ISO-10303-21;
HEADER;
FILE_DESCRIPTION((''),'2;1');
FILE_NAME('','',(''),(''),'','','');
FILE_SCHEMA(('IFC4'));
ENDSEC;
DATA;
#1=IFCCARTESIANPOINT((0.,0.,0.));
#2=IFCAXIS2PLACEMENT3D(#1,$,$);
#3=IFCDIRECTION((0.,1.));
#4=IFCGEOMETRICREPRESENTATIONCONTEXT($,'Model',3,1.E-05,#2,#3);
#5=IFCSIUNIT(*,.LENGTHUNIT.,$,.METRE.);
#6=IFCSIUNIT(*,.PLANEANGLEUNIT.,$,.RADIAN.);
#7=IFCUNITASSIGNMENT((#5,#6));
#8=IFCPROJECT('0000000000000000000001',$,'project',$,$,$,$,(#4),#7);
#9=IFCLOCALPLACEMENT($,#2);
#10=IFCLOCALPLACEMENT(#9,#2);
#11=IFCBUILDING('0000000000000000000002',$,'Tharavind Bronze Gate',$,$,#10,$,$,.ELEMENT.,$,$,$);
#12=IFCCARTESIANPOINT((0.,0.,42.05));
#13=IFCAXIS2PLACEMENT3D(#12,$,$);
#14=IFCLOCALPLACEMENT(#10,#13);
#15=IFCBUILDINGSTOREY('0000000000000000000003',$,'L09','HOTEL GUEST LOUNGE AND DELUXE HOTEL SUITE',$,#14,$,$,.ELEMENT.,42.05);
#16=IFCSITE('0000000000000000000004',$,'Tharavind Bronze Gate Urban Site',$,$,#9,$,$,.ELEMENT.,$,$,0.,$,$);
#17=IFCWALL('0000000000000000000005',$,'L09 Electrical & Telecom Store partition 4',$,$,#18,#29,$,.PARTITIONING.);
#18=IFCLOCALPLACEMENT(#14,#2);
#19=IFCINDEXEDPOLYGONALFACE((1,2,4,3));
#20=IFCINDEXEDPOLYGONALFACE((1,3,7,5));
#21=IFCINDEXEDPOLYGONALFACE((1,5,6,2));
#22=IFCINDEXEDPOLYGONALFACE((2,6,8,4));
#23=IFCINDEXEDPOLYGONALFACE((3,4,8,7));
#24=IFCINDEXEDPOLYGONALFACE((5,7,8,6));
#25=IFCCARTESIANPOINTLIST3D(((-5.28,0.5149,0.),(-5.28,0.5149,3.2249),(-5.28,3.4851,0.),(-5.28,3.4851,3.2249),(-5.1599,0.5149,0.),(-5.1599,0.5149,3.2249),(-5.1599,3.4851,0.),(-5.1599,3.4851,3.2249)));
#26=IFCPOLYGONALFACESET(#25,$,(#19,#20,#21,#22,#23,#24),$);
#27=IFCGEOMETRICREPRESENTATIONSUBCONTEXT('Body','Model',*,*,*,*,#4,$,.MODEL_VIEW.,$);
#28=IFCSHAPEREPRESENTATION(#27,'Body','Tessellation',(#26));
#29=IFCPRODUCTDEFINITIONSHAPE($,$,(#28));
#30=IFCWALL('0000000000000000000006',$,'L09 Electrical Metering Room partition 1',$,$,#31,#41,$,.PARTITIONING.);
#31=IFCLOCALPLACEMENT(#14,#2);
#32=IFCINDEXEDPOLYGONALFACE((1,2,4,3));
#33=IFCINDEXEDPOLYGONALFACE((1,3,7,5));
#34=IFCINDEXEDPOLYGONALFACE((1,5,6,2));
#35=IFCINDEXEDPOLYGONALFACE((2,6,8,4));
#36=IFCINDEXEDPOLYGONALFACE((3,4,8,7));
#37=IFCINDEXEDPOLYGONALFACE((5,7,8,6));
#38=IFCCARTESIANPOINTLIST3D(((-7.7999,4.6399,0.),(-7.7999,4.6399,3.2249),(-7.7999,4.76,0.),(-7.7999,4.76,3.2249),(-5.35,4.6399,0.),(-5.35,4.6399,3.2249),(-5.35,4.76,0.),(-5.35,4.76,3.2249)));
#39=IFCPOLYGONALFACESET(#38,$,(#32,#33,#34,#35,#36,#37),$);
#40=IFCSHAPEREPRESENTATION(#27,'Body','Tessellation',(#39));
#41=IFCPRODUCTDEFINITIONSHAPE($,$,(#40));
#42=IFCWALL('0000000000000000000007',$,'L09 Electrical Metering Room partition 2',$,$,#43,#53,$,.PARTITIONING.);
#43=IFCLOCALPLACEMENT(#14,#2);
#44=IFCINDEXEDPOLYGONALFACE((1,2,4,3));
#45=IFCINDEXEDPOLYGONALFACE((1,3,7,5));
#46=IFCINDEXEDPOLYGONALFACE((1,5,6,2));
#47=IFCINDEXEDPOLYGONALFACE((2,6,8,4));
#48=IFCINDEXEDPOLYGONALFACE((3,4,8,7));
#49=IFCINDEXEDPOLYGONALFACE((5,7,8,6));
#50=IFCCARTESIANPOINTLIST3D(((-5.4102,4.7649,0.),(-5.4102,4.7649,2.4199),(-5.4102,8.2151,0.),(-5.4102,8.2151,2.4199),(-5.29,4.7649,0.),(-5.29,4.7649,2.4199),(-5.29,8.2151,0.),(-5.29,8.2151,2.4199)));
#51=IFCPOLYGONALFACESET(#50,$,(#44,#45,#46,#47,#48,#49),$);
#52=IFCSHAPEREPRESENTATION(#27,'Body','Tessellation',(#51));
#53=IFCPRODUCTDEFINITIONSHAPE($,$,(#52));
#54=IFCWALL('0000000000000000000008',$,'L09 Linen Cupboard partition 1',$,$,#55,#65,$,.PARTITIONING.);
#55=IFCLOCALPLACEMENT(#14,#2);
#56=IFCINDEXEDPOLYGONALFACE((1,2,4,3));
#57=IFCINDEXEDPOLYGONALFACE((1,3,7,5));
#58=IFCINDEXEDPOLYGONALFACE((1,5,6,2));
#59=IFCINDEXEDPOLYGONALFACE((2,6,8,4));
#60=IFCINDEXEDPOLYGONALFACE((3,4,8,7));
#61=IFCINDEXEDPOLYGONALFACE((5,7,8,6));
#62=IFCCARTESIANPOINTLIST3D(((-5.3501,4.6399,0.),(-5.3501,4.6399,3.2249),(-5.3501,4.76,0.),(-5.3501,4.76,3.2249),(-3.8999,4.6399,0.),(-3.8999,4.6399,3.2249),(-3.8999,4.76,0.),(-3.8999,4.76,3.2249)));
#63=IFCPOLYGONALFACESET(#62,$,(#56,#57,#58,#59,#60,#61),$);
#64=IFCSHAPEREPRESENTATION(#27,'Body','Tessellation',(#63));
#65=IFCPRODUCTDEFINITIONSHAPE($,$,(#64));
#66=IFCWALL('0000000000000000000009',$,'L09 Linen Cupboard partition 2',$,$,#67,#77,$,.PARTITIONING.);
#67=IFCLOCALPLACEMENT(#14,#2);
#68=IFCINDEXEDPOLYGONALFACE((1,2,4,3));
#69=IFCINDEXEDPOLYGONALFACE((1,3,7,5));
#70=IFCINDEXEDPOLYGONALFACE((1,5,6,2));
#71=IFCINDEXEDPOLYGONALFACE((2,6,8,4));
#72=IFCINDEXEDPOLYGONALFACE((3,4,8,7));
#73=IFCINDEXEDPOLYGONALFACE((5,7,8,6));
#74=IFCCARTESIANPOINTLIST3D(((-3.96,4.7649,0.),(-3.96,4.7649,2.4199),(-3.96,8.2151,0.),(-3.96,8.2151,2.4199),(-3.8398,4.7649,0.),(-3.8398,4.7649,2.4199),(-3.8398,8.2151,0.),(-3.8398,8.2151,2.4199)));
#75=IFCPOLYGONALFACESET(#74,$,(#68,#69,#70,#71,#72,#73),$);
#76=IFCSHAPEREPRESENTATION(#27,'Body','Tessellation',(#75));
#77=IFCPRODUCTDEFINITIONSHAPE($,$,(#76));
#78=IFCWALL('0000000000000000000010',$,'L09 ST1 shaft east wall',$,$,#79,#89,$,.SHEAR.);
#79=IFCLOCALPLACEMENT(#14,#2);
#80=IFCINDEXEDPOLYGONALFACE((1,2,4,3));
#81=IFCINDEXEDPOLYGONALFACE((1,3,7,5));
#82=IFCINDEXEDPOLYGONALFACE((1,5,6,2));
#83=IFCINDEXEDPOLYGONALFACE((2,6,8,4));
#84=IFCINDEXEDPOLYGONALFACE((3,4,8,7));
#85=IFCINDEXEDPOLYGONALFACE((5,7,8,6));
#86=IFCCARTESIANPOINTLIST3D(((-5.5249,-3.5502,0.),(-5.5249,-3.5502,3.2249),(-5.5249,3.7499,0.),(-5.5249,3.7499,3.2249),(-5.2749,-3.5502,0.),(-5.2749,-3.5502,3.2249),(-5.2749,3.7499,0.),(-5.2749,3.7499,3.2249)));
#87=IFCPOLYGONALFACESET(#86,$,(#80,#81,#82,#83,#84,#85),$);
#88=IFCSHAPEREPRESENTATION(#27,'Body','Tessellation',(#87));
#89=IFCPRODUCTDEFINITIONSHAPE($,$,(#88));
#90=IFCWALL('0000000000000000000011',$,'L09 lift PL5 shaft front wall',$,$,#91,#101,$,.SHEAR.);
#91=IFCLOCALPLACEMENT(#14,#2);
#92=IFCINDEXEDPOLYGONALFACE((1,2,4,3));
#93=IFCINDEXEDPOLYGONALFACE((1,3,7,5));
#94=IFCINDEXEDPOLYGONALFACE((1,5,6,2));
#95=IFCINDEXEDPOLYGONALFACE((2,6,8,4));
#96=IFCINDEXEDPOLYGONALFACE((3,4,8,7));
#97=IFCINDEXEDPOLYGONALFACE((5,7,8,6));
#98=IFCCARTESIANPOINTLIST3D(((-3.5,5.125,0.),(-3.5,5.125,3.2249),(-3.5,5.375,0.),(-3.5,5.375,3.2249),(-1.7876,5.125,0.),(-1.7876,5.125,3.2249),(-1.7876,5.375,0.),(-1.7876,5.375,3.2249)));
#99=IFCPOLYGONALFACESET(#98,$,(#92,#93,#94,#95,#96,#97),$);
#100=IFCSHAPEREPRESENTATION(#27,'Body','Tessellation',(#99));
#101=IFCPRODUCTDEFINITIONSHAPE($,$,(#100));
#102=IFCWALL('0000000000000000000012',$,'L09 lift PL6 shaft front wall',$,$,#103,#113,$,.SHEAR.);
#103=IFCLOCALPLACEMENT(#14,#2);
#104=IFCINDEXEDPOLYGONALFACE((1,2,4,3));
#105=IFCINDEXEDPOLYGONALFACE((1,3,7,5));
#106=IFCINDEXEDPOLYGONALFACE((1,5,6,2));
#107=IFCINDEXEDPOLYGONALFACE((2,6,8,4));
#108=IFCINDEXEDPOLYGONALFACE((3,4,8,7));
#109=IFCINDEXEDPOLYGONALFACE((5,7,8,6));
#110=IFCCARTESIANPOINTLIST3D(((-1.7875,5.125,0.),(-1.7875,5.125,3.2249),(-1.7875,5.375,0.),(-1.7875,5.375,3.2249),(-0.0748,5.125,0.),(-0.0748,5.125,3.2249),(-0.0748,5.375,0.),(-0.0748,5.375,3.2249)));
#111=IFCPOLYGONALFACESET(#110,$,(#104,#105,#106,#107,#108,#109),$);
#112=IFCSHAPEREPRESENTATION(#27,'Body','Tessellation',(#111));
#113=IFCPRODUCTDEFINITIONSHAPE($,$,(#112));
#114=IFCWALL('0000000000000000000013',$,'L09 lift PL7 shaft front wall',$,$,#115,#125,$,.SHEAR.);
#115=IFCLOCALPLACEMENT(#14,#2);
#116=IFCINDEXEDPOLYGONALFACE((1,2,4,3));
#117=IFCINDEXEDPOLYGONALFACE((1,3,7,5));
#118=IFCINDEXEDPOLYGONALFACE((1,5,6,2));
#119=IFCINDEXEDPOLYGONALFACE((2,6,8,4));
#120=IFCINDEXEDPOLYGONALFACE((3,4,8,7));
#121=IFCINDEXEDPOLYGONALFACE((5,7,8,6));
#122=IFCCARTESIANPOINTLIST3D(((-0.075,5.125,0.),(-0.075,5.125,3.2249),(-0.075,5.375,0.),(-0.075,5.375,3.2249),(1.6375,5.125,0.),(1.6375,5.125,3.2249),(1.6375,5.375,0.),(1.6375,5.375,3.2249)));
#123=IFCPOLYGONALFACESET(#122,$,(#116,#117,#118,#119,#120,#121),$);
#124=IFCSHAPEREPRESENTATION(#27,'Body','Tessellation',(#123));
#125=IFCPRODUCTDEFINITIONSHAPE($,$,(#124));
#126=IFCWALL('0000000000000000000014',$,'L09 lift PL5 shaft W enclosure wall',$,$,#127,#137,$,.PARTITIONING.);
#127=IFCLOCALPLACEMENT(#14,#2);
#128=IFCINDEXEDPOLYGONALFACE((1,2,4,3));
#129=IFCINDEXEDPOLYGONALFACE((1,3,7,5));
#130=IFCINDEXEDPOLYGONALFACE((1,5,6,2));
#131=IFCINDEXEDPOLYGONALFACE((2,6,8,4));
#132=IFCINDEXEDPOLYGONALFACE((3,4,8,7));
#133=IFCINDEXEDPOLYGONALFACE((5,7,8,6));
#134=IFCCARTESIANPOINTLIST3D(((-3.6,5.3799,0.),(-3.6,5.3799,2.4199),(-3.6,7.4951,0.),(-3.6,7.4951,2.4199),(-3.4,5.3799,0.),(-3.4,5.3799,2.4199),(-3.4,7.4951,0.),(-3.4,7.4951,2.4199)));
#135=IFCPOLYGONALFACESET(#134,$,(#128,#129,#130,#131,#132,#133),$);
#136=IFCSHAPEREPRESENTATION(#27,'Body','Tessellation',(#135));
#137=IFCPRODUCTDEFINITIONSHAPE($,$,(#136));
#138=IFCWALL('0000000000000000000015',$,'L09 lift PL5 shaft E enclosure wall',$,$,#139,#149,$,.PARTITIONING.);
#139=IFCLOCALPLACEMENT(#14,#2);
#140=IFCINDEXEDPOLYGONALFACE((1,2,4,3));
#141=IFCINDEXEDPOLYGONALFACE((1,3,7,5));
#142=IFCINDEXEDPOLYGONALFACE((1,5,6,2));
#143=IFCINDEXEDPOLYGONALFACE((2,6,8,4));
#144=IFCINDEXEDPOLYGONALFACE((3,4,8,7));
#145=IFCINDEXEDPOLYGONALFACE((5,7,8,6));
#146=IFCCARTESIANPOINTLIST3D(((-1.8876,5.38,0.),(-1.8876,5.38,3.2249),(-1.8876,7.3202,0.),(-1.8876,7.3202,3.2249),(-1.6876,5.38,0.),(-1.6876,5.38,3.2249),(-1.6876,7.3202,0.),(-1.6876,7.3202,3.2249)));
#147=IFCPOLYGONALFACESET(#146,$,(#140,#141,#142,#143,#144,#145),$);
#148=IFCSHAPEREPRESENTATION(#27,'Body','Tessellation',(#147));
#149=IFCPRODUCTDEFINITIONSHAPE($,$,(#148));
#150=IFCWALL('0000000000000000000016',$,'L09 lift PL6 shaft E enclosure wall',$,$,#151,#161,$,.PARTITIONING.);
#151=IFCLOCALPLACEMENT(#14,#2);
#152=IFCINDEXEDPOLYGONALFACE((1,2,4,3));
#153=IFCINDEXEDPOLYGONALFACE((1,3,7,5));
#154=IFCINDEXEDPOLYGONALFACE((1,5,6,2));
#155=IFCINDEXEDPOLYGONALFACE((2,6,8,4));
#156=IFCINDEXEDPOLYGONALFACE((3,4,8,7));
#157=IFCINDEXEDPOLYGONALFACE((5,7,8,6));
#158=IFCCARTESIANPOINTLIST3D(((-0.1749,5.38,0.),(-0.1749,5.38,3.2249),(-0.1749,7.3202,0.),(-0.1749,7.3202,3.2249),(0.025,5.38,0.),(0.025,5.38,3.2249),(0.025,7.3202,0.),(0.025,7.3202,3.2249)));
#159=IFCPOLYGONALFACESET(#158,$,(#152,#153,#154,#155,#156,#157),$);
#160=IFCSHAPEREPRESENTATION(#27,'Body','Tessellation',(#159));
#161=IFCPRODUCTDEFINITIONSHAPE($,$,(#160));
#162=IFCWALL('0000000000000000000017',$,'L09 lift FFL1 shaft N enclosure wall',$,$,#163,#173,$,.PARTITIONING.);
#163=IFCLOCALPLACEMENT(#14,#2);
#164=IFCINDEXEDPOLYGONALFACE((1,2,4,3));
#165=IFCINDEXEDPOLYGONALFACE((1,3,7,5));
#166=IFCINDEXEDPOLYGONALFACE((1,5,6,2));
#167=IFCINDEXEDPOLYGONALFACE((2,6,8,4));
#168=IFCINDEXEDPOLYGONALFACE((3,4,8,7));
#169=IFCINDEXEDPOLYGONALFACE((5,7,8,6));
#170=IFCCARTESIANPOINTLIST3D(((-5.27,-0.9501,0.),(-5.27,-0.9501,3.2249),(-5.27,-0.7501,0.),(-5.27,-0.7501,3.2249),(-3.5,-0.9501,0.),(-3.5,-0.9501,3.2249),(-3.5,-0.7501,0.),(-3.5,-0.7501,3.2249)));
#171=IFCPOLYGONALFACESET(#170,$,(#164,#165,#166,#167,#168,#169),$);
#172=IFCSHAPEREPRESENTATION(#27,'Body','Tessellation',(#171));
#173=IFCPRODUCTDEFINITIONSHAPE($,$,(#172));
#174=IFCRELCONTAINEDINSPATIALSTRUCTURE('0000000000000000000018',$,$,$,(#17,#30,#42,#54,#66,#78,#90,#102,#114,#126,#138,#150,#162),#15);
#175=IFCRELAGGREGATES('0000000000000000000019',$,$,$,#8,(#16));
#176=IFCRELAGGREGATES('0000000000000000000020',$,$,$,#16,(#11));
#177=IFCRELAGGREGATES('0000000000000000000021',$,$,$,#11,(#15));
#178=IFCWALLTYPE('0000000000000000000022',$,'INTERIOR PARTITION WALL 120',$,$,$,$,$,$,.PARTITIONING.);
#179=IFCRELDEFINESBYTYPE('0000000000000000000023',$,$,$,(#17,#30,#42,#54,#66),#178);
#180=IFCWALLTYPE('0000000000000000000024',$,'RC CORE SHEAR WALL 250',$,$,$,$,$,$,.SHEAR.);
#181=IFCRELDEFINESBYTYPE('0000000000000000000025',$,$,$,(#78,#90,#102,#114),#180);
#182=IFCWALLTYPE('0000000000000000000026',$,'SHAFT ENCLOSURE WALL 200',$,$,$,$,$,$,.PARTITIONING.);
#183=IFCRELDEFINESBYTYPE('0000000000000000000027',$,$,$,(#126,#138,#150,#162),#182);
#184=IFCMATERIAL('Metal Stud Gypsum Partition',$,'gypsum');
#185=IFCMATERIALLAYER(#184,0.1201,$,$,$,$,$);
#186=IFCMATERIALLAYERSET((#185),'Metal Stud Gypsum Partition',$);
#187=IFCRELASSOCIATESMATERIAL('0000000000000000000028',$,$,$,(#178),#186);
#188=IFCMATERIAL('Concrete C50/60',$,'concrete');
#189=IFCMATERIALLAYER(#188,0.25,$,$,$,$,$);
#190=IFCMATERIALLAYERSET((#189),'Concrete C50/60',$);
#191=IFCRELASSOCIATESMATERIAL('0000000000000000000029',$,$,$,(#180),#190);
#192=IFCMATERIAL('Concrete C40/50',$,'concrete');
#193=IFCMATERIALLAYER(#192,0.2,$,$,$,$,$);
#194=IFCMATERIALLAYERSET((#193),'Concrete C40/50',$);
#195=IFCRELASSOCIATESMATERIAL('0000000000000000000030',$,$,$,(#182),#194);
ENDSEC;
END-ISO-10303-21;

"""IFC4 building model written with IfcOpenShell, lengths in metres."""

from ifc_helpers import new_model, si_unit, direction, frame, frame_2d, origin, place, context, subcontext, project, spatial, rectangle, extrude, material, layer, layer_set, type_object, element, save


model = new_model("IFC4")

# Units and contexts
model_context = context("Model", 3, precision=1e-05, world=origin(), true_north=direction((0.0, 1.0)))
body_context = subcontext(model_context, "Body", "Model", "MODEL_VIEW")
ifc_project = project(units=[si_unit("LENGTHUNIT", "METRE"), si_unit("PLANEANGLEUNIT", "RADIAN")], contexts=[model_context])

# Site, building, storey
site_placement = place(None, origin())
site = spatial("IfcSite", under=ifc_project, at=site_placement, Name="Tharavind Bronze Gate Urban Site", CompositionType="ELEMENT", RefElevation=0.0)
building_placement = place(site_placement, origin())
building = spatial("IfcBuilding", under=site, at=building_placement, Name="Tharavind Bronze Gate", CompositionType="ELEMENT")
storey_placement = place(building_placement, frame((0.0, 0.0, 42.05)))
storey = spatial("IfcBuildingStorey", under=building, at=storey_placement, Name="L09", Description="HOTEL GUEST LOUNGE AND DELUXE HOTEL SUITE", CompositionType="ELEMENT", Elevation=42.05)

# Shared definitions
ifc_material_1 = material(Name="Concrete C40/50", Category="concrete")

# Shared definitions
ifc_material_2 = material(Name="Metal Stud Gypsum Partition", Category="gypsum")
ifc_layer_1 = layer(ifc_material_2, 0.1201)
ifc_layer_set_1 = layer_set([ifc_layer_1], Name="Metal Stud Gypsum Partition")
wall_type_1 = type_object("IfcWallType", Name="INTERIOR PARTITION WALL 120", PredefinedType="PARTITIONING", material=ifc_layer_set_1)

# Walls
wall_1_placement = place(storey_placement, frame((-5.22, 3.4851, 0.0), z_axis=(0.0, 0.0, 1.0), x_axis=(0.0, -1.0, 0.0)))
element("IfcWall", 1, at=wall_1_placement, inside=storey, type_object=wall_type_1, Name="L09 Electrical & Telecom Store partition 4", PredefinedType="PARTITIONING", context=body_context, shape_type="SweptSolid", body=[
    extrude(rectangle(XDim=2.9702, YDim=0.1201, at=frame_2d((1.4851, 0.0))), origin(), (0.0, 0.0, 1.0), 3.2249),
])
wall_2_placement = place(storey_placement, frame((-7.8, 4.7, 0.0), z_axis=(0.0, 0.0, 1.0), x_axis=(1.0, 0.0, 0.0)))
element("IfcWall", 2, at=wall_2_placement, inside=storey, type_object=wall_type_1, Name="L09 Electrical Metering Room partition 1", PredefinedType="PARTITIONING", context=body_context, shape_type="SweptSolid", body=[
    extrude(rectangle(XDim=2.45, YDim=0.1201, at=frame_2d((1.2251, 0.0))), origin(), (0.0, 0.0, 1.0), 3.2249),
])
wall_3_placement = place(storey_placement, frame((-5.3501, 4.7649, 0.0), z_axis=(0.0, 0.0, 1.0), x_axis=(0.0, 1.0, 0.0)))
element("IfcWall", 3, at=wall_3_placement, inside=storey, type_object=wall_type_1, Name="L09 Electrical Metering Room partition 2", PredefinedType="PARTITIONING", context=body_context, shape_type="SweptSolid", body=[
    extrude(rectangle(XDim=3.4502, YDim=0.1201, at=frame_2d((1.7251, 0.0))), origin(), (0.0, 0.0, 1.0), 2.4199),
])
wall_4_placement = place(storey_placement, frame((-5.3501, 4.7, 0.0), z_axis=(0.0, 0.0, 1.0), x_axis=(1.0, 0.0, 0.0)))
element("IfcWall", 4, at=wall_4_placement, inside=storey, type_object=wall_type_1, Name="L09 Linen Cupboard partition 1", PredefinedType="PARTITIONING", context=body_context, shape_type="SweptSolid", body=[
    extrude(rectangle(XDim=1.4502, YDim=0.1201, at=frame_2d((0.7251, 0.0))), origin(), (0.0, 0.0, 1.0), 3.2249),
])
wall_5_placement = place(storey_placement, frame((-3.8999, 4.7649, 0.0), z_axis=(0.0, 0.0, 1.0), x_axis=(0.0, 1.0, 0.0)))
element("IfcWall", 5, at=wall_5_placement, inside=storey, type_object=wall_type_1, Name="L09 Linen Cupboard partition 2", PredefinedType="PARTITIONING", context=body_context, shape_type="SweptSolid", body=[
    extrude(rectangle(XDim=3.4502, YDim=0.1201, at=frame_2d((1.7251, 0.0))), origin(), (0.0, 0.0, 1.0), 2.4199),
])
ifc_material_3 = material(Name="Concrete C50/60", Category="concrete")
ifc_layer_2 = layer(ifc_material_3, 0.25)
ifc_layer_set_2 = layer_set([ifc_layer_2], Name="Concrete C50/60")
wall_type_2 = type_object("IfcWallType", Name="RC CORE SHEAR WALL 250", PredefinedType="SHEAR", material=ifc_layer_set_2)
wall_6_placement = place(storey_placement, frame((-5.3999, -3.55, 0.0), z_axis=(0.0, 0.0, 1.0), x_axis=(0.0, 1.0, 0.0)))
element("IfcWall", 6, at=wall_6_placement, inside=storey, type_object=wall_type_2, Name="L09 ST1 shaft east wall", PredefinedType="SHEAR", context=body_context, shape_type="SweptSolid", body=[
    extrude(rectangle(XDim=7.3, YDim=0.25, at=frame_2d((3.6499, 0.0))), origin(), (0.0, 0.0, 1.0), 3.2249),
])
wall_7_placement = place(storey_placement, frame((-3.5, 5.25, 0.0), z_axis=(0.0, 0.0, 1.0), x_axis=(1.0, 0.0, 0.0)))
element("IfcWall", 7, at=wall_7_placement, inside=storey, type_object=wall_type_2, Name="L09 lift PL5 shaft front wall", PredefinedType="SHEAR", context=body_context, shape_type="SweptSolid", body=[
    extrude(rectangle(XDim=1.7124, YDim=0.25, at=frame_2d((0.8562, 0.0))), origin(), (0.0, 0.0, 1.0), 3.2249),
])
wall_8_placement = place(storey_placement, frame((-1.7876, 5.25, 0.0), z_axis=(0.0, 0.0, 1.0), x_axis=(1.0, 0.0, 0.0)))
element("IfcWall", 8, at=wall_8_placement, inside=storey, type_object=wall_type_2, Name="L09 lift PL6 shaft front wall", PredefinedType="SHEAR", context=body_context, shape_type="SweptSolid", body=[
    extrude(rectangle(XDim=1.7126, YDim=0.25, at=frame_2d((0.8564, 0.0))), origin(), (0.0, 0.0, 1.0), 3.2249),
])
wall_9_placement = place(storey_placement, frame((-0.075, 5.25, 0.0), z_axis=(0.0, 0.0, 1.0), x_axis=(1.0, 0.0, 0.0)))
element("IfcWall", 9, at=wall_9_placement, inside=storey, type_object=wall_type_2, Name="L09 lift PL7 shaft front wall", PredefinedType="SHEAR", context=body_context, shape_type="SweptSolid", body=[
    extrude(rectangle(XDim=1.7124, YDim=0.25, at=frame_2d((0.8562, 0.0))), origin(), (0.0, 0.0, 1.0), 3.2249),
])
ifc_layer_3 = layer(ifc_material_1, 0.2)
ifc_layer_set_3 = layer_set([ifc_layer_3], Name="Concrete C40/50")
wall_type_3 = type_object("IfcWallType", Name="SHAFT ENCLOSURE WALL 200", PredefinedType="PARTITIONING", material=ifc_layer_set_3)
wall_10_placement = place(storey_placement, frame((-3.5, 5.3799, 0.0), z_axis=(0.0, 0.0, 1.0), x_axis=(0.0, 1.0, 0.0)))
element("IfcWall", 10, at=wall_10_placement, inside=storey, type_object=wall_type_3, Name="L09 lift PL5 shaft W enclosure wall", PredefinedType="PARTITIONING", context=body_context, shape_type="SweptSolid", body=[
    extrude(rectangle(XDim=2.1152, YDim=0.2, at=frame_2d((1.0576, 0.0))), origin(), (0.0, 0.0, 1.0), 2.4199),
])
for number, where, z_axis, x_axis, name in (
    (11, (-1.7876, 5.3799, 0.0), (0.0, 0.0, 1.0), (0.0, 1.0, 0.0), "L09 lift PL5 shaft E enclosure wall"),
    (12, (-0.075, 5.3799, 0.0), (0.0, 0.0, 1.0), (0.0, 1.0, 0.0), "L09 lift PL6 shaft E enclosure wall"),
):
    element("IfcWall", number, at=place(storey_placement, frame(where, z_axis=z_axis, x_axis=x_axis)), inside=storey, type_object=wall_type_3, Name=name, PredefinedType="PARTITIONING", context=body_context, shape_type="SweptSolid", body=[
        extrude(rectangle(XDim=1.9402, YDim=0.2, at=frame_2d((0.9702, 0.0))), origin(), (0.0, 0.0, 1.0), 3.2249),
    ])
wall_11_placement = place(storey_placement, frame((-5.27, -0.8501, 0.0), z_axis=(0.0, 0.0, 1.0), x_axis=(1.0, 0.0, 0.0)))
element("IfcWall", 13, at=wall_11_placement, inside=storey, type_object=wall_type_3, Name="L09 lift FFL1 shaft N enclosure wall", PredefinedType="PARTITIONING", context=body_context, shape_type="SweptSolid", body=[
    extrude(rectangle(XDim=1.77, YDim=0.2, at=frame_2d((0.885, 0.0))), origin(), (0.0, 0.0, 1.0), 3.2249),
])

save(model, "model.ifc")
